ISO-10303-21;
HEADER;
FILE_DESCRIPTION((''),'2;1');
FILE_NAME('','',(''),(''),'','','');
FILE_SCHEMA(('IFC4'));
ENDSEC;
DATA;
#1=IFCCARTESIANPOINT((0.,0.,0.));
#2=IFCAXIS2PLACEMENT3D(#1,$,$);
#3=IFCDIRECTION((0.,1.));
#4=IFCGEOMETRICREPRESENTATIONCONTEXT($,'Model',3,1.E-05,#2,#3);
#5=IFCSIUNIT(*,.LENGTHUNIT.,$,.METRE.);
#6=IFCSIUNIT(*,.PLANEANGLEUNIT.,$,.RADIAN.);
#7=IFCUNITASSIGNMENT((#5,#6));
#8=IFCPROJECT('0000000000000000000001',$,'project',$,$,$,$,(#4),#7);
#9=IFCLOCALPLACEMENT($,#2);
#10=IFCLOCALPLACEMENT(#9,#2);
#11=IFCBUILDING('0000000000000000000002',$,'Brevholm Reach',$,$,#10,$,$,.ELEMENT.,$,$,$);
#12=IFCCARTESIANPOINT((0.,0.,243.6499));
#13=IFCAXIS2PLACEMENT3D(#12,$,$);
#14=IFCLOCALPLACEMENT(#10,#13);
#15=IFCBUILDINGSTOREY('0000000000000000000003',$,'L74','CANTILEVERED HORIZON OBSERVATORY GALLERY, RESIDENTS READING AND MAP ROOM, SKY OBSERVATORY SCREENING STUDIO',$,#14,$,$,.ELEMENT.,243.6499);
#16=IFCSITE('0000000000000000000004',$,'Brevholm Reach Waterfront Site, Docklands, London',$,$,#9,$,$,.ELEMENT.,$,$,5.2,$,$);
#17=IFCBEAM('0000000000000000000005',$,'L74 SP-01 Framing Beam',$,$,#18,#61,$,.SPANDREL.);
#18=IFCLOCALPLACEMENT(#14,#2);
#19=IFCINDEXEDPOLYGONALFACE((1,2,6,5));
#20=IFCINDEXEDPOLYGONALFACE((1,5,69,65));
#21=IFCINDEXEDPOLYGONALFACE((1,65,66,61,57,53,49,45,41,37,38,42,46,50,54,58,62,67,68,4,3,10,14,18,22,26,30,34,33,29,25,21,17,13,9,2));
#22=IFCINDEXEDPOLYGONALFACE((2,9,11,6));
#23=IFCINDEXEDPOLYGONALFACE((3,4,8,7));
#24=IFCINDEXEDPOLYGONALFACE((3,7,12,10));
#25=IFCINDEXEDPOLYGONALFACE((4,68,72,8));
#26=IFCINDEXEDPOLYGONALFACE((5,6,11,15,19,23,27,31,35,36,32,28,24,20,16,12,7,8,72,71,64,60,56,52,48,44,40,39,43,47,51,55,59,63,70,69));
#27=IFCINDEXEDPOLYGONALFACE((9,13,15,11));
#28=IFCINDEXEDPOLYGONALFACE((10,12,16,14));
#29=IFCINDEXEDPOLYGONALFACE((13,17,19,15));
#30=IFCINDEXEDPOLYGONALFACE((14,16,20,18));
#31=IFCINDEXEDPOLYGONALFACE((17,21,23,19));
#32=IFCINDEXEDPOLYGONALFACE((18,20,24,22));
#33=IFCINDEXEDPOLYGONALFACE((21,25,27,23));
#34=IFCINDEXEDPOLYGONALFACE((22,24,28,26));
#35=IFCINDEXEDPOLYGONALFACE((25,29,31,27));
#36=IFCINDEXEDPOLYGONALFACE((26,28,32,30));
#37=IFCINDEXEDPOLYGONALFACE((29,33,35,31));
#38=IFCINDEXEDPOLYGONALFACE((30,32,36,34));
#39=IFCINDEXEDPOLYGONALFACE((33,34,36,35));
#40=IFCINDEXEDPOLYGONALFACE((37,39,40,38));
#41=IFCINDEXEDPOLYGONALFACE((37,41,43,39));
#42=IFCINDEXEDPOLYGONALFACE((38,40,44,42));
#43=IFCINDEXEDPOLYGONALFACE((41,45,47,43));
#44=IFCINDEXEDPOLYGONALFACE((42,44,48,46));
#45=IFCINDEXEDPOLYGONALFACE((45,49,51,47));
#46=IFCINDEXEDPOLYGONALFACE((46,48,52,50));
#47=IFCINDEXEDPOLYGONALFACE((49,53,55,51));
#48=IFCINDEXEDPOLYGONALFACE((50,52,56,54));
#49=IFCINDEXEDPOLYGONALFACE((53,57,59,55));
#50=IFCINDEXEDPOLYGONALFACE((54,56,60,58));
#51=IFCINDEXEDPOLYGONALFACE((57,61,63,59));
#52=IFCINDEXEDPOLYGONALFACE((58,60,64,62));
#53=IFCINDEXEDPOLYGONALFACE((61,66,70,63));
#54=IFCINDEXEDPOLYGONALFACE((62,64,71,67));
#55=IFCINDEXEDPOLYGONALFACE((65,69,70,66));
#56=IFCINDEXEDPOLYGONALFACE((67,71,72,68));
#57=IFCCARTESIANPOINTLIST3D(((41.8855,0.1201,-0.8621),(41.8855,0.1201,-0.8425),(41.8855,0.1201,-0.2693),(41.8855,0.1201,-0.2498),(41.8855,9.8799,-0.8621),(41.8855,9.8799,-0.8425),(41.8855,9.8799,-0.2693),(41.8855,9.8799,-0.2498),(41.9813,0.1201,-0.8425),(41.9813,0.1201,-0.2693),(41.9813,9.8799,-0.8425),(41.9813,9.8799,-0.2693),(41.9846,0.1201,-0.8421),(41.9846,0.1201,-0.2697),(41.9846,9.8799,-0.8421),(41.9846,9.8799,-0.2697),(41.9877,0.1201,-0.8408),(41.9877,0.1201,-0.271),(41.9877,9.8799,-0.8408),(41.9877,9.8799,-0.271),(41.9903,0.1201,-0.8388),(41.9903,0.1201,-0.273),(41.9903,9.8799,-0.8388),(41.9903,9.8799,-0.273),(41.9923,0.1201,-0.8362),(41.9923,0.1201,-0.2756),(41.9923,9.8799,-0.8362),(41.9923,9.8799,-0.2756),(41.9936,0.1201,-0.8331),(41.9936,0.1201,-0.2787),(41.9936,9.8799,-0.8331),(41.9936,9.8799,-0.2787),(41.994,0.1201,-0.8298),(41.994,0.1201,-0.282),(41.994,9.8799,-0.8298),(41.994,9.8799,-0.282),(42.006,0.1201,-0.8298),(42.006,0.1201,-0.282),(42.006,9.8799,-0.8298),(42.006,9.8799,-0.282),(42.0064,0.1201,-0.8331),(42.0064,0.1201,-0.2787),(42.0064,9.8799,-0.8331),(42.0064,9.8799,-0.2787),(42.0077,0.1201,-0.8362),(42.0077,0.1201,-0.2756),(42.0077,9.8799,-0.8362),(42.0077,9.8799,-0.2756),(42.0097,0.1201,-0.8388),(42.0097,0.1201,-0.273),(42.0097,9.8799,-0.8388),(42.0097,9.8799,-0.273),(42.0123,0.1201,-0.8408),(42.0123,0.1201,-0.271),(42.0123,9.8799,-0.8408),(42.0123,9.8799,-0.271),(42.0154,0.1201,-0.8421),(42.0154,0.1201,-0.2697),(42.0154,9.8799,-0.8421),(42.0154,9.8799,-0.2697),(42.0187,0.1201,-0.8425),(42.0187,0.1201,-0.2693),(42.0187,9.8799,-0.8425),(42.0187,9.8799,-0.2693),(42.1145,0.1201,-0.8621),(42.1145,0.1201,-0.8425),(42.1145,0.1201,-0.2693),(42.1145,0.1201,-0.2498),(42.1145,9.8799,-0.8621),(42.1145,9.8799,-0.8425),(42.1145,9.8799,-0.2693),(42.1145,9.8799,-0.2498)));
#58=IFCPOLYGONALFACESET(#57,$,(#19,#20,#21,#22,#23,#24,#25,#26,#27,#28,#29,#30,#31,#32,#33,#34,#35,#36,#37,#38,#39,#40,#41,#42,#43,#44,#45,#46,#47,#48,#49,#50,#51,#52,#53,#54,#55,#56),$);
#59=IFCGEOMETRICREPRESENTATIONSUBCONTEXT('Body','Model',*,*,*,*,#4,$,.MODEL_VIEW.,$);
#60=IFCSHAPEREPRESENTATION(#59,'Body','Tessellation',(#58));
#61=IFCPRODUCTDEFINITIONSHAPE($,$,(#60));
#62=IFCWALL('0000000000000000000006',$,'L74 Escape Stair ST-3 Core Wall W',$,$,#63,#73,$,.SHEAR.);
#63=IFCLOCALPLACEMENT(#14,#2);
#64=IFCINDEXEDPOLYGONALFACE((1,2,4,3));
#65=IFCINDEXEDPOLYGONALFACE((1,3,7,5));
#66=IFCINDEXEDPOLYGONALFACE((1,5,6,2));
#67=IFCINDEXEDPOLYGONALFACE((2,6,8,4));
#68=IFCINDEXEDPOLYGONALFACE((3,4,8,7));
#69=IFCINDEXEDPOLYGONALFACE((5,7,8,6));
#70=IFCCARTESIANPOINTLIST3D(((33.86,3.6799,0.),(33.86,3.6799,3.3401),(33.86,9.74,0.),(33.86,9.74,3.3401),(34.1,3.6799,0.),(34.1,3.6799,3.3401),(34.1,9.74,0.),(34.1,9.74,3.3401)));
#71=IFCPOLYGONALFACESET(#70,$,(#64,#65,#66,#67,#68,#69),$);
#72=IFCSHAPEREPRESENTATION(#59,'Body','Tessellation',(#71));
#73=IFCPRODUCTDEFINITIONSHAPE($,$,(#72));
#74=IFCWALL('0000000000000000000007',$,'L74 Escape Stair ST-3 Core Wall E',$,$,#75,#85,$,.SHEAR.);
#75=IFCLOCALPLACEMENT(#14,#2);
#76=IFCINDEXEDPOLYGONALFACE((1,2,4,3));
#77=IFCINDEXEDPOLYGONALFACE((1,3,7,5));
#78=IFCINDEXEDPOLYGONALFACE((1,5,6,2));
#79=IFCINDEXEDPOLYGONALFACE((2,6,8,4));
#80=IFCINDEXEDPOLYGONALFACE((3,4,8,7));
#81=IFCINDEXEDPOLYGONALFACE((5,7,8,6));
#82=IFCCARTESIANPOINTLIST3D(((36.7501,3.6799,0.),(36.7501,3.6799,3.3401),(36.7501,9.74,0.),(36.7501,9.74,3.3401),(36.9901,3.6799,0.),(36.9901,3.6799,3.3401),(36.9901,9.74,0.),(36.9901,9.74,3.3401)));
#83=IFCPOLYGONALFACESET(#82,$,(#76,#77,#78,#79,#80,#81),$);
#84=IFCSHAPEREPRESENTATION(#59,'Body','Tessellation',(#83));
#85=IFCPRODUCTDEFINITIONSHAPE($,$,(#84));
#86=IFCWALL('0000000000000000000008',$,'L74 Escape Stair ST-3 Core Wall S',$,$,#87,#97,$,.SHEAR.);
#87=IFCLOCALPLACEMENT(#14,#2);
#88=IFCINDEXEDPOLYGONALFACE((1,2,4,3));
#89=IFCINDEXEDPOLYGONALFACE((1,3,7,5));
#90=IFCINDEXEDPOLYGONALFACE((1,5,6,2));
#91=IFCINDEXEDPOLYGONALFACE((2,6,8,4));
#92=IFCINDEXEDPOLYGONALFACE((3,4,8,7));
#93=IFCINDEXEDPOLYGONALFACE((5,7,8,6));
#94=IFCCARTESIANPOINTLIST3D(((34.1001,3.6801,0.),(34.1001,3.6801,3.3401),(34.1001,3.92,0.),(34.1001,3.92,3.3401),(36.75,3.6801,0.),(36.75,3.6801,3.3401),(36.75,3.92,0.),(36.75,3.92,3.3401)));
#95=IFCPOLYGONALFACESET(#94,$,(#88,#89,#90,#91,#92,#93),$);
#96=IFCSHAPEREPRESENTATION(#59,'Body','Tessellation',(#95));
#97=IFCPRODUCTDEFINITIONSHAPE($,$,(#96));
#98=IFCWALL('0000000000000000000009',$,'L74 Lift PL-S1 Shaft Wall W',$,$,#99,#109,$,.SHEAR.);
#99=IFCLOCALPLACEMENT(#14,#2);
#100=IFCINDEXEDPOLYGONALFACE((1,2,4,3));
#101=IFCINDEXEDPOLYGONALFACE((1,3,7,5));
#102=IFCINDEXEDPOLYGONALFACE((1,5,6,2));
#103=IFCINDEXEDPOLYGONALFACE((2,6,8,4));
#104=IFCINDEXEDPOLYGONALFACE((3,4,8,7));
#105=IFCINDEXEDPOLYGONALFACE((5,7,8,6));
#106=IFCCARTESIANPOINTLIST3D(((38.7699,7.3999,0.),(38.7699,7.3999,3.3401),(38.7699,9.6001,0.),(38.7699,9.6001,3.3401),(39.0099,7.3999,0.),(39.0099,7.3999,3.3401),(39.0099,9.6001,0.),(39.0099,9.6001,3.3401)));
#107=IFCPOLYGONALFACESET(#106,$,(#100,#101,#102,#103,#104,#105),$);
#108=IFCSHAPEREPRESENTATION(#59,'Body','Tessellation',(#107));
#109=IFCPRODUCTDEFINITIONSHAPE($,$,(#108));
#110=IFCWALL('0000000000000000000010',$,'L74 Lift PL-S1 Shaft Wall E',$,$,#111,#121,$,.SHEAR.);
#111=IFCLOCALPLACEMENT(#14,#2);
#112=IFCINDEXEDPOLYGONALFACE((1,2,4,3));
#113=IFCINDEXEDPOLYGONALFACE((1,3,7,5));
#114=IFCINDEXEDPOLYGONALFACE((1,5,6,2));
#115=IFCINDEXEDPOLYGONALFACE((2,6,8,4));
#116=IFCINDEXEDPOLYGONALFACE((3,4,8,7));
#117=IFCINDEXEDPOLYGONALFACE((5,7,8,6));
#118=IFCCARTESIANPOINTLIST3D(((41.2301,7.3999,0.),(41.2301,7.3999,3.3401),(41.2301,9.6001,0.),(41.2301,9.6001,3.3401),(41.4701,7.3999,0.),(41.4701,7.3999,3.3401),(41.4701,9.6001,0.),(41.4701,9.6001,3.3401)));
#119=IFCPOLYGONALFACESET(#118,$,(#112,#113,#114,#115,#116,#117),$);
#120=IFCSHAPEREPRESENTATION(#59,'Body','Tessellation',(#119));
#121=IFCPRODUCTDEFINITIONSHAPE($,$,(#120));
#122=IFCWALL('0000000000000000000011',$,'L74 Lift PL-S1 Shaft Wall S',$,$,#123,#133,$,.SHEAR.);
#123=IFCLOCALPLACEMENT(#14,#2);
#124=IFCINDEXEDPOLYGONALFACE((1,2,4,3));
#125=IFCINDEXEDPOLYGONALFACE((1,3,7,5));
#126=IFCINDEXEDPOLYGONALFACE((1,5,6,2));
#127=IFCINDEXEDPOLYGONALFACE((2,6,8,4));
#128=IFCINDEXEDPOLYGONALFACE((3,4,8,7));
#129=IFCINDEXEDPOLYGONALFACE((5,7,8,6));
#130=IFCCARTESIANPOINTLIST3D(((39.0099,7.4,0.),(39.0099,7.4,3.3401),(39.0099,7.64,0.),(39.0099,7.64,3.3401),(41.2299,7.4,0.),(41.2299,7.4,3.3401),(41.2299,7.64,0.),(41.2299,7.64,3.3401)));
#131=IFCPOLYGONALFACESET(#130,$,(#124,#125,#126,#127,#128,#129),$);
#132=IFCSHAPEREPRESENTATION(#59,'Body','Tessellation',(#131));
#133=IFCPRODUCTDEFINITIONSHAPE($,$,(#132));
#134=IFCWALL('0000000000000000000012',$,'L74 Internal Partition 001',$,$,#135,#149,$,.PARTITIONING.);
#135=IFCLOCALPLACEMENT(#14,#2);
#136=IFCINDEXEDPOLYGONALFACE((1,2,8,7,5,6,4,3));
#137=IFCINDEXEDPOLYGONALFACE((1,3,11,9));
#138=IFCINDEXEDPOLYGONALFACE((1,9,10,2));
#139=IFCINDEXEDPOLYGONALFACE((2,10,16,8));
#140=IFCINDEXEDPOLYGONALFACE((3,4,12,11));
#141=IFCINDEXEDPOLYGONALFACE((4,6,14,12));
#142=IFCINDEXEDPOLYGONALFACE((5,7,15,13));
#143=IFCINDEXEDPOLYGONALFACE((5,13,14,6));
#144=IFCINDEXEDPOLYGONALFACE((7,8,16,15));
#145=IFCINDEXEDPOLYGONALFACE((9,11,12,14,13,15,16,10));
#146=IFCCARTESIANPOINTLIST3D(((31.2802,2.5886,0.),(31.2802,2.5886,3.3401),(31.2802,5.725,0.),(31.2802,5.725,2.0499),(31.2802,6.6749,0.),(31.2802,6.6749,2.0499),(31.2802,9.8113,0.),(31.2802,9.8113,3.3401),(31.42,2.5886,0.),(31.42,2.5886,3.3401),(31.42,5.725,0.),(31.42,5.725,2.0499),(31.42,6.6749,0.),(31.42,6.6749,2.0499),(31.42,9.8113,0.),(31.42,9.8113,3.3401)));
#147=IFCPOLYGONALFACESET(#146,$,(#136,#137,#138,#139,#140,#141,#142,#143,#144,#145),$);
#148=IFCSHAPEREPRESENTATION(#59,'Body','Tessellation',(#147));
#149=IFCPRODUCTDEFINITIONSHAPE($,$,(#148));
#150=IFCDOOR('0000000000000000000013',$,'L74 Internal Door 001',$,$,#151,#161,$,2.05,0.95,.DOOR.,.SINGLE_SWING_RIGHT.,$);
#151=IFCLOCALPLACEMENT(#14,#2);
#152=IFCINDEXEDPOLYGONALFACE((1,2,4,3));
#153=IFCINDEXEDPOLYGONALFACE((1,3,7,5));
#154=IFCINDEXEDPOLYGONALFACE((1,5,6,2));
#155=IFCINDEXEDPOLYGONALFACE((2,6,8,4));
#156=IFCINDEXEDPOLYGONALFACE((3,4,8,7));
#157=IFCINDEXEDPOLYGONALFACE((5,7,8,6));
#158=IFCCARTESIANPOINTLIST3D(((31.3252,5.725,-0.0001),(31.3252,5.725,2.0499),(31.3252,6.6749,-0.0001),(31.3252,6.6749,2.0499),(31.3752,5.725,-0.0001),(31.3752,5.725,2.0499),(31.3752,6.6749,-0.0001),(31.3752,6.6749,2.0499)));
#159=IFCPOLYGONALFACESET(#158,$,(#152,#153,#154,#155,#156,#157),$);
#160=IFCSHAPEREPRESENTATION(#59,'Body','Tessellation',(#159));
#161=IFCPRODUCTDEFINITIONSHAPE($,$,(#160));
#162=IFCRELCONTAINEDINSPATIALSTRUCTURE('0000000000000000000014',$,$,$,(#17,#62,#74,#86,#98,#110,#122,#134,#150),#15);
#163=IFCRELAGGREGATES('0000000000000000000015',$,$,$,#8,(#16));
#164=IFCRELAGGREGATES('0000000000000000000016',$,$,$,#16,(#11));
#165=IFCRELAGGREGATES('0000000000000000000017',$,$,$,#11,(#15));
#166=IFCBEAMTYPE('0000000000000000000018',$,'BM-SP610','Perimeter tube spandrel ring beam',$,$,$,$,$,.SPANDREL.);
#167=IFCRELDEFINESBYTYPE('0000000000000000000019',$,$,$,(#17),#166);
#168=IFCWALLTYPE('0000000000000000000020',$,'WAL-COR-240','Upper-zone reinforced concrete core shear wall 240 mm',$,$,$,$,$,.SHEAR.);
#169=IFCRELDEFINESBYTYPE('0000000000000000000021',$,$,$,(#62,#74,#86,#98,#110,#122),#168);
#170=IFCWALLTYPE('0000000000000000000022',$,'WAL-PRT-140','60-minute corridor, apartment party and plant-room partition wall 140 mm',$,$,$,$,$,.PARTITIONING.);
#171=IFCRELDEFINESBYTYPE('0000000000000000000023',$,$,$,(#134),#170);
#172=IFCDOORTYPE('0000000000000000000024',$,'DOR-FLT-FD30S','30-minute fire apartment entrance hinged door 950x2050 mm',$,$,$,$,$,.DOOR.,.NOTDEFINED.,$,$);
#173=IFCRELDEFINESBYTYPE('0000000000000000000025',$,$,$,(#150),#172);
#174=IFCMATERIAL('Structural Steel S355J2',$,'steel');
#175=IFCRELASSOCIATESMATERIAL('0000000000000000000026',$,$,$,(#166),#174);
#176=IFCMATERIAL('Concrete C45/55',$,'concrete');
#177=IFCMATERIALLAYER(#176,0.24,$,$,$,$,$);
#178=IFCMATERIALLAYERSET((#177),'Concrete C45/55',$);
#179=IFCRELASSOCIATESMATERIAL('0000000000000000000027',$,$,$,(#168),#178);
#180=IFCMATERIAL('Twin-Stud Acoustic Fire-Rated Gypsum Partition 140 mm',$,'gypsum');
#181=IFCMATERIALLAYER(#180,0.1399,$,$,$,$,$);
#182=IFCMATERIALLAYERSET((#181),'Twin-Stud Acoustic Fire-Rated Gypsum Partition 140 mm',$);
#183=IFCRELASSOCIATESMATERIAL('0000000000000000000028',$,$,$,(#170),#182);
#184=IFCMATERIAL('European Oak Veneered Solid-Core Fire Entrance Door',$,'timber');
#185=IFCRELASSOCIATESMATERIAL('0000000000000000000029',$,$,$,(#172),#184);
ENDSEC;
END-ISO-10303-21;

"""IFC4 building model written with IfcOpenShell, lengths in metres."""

from ifc_helpers import new_model, si_unit, direction, frame, frame_2d, origin, origin_2d, place, context, subcontext, project, spatial, rectangle, i_section, extrude, material, layer, layer_set, material_profile, profile_set, type_object, element, fill, save


model = new_model("IFC4")

# Units and contexts
model_context = context("Model", 3, precision=1e-05, world=origin(), true_north=direction((0.0, 1.0)))
body_context = subcontext(model_context, "Body", "Model", "MODEL_VIEW")
ifc_project = project(units=[si_unit("LENGTHUNIT", "METRE"), si_unit("PLANEANGLEUNIT", "RADIAN")], contexts=[model_context])

# Site, building, storey
site_placement = place(None, origin())
site = spatial("IfcSite", under=ifc_project, at=site_placement, Name="Brevholm Reach Waterfront Site, Docklands, London", CompositionType="ELEMENT", RefElevation=5.2)
building_placement = place(site_placement, origin())
building = spatial("IfcBuilding", under=site, at=building_placement, Name="Brevholm Reach", CompositionType="ELEMENT")
storey_placement = place(building_placement, frame((0.0, 0.0, 243.6499)))
storey = spatial("IfcBuildingStorey", under=building, at=storey_placement, Name="L74", Description="CANTILEVERED HORIZON OBSERVATORY GALLERY, RESIDENTS READING AND MAP ROOM, SKY OBSERVATORY SCREENING STUDIO", CompositionType="ELEMENT", Elevation=243.6499)

# Beam
ifc_material_1 = material(Name="Structural Steel S355J2", Category="steel")
ifc_material_profile_1 = material_profile(ifc_material_1, i_section(OverallWidth=0.229, OverallDepth=0.6123, WebThickness=0.012, FlangeThickness=0.0195, FilletRadius=0.0127, at=origin_2d()), Name="UKB 610x229x125")
ifc_profile_set_1 = profile_set([ifc_material_profile_1], Name="Structural Steel S355J2")
beam_type_1 = type_object("IfcBeamType", Name="BM-SP610", Description="Perimeter tube spandrel ring beam", PredefinedType="SPANDREL", material=ifc_profile_set_1)
for number, where, z_axis, x_axis, name in (
    (1, (42.0, 0.1201, -0.5559), (0.0, 1.0, 0.0), (-1.0, 0.0, 0.0), "L74 SP-01 Framing Beam"),
):
    element("IfcBeam", number, at=place(storey_placement, frame(where, z_axis=z_axis, x_axis=x_axis)), inside=storey, type_object=beam_type_1, Name=name, PredefinedType="SPANDREL", context=body_context, shape_type="SweptSolid", body=[
        extrude(i_section(OverallWidth=0.229, OverallDepth=0.6123, WebThickness=0.012, FlangeThickness=0.0195, FilletRadius=0.0127, at=origin_2d()), origin(), (0.0, 0.0, 1.0), 9.7598),
    ])

# Walls
ifc_material_2 = material(Name="Concrete C45/55", Category="concrete")
ifc_layer_1 = layer(ifc_material_2, 0.24)
ifc_layer_set_1 = layer_set([ifc_layer_1], Name="Concrete C45/55")
wall_type_1 = type_object("IfcWallType", Name="WAL-COR-240", Description="Upper-zone reinforced concrete core shear wall 240 mm", PredefinedType="SHEAR", material=ifc_layer_set_1)
for number, where, z_axis, x_axis, name in (
    (2, (33.98, 3.6799, 0.0), (0.0, 0.0, 1.0), (0.0, 1.0, 0.0), "L74 Escape Stair ST-3 Core Wall W"),
    (3, (36.8701, 3.6799, 0.0), (0.0, 0.0, 1.0), (0.0, 1.0, 0.0), "L74 Escape Stair ST-3 Core Wall E"),
):
    element("IfcWall", number, at=place(storey_placement, frame(where, z_axis=z_axis, x_axis=x_axis)), inside=storey, type_object=wall_type_1, Name=name, PredefinedType="SHEAR", context=body_context, shape_type="SweptSolid", body=[
        extrude(rectangle(XDim=6.0601, YDim=0.24, at=frame_2d((3.03, 0.0))), origin(), (0.0, 0.0, 1.0), 3.3401),
    ])
wall_1_placement = place(storey_placement, frame((34.1001, 3.8, 0.0), z_axis=(0.0, 0.0, 1.0), x_axis=(1.0, 0.0, 0.0)))
element("IfcWall", 4, at=wall_1_placement, inside=storey, type_object=wall_type_1, Name="L74 Escape Stair ST-3 Core Wall S", PredefinedType="SHEAR", context=body_context, shape_type="SweptSolid", body=[
    extrude(rectangle(XDim=2.6499, YDim=0.24, at=frame_2d((1.325, 0.0))), origin(), (0.0, 0.0, 1.0), 3.3401),
])
for number, where, z_axis, x_axis, name in (
    (5, (38.8899, 7.3999, 0.0), (0.0, 0.0, 1.0), (0.0, 1.0, 0.0), "L74 Lift PL-S1 Shaft Wall W"),
    (6, (41.3501, 7.3999, 0.0), (0.0, 0.0, 1.0), (0.0, 1.0, 0.0), "L74 Lift PL-S1 Shaft Wall E"),
):
    element("IfcWall", number, at=place(storey_placement, frame(where, z_axis=z_axis, x_axis=x_axis)), inside=storey, type_object=wall_type_1, Name=name, PredefinedType="SHEAR", context=body_context, shape_type="SweptSolid", body=[
        extrude(rectangle(XDim=2.2002, YDim=0.24, at=frame_2d((1.1001, 0.0))), origin(), (0.0, 0.0, 1.0), 3.3401),
    ])
wall_2_placement = place(storey_placement, frame((39.01, 7.52, 0.0), z_axis=(0.0, 0.0, 1.0), x_axis=(1.0, 0.0, 0.0)))
element("IfcWall", 7, at=wall_2_placement, inside=storey, type_object=wall_type_1, Name="L74 Lift PL-S1 Shaft Wall S", PredefinedType="SHEAR", context=body_context, shape_type="SweptSolid", body=[
    extrude(rectangle(XDim=2.22, YDim=0.24, at=frame_2d((1.1099, 0.0))), origin(), (0.0, 0.0, 1.0), 3.3401),
])

# Wall, opening, door
ifc_material_3 = material(Name="Twin-Stud Acoustic Fire-Rated Gypsum Partition 140 mm", Category="gypsum")
ifc_layer_2 = layer(ifc_material_3, 0.1399)
ifc_layer_set_2 = layer_set([ifc_layer_2], Name="Twin-Stud Acoustic Fire-Rated Gypsum Partition 140 mm")
wall_type_2 = type_object("IfcWallType", Name="WAL-PRT-140", Description="60-minute corridor, apartment party and plant-room partition wall 140 mm", PredefinedType="PARTITIONING", material=ifc_layer_set_2)
wall_3_placement = place(storey_placement, frame((31.3501, 2.5886, 0.0), z_axis=(0.0, 0.0, 1.0), x_axis=(0.0, 1.0, 0.0)))
wall_3 = element("IfcWall", 8, at=wall_3_placement, inside=storey, type_object=wall_type_2, Name="L74 Internal Partition 001", PredefinedType="PARTITIONING", context=body_context, shape_type="SweptSolid", body=[
    extrude(rectangle(XDim=7.2227, YDim=0.1399, at=frame_2d((3.6113, 0.0))), origin(), (0.0, 0.0, 1.0), 3.3401),
])
opening_1_placement = place(wall_3_placement, frame((3.1362, 0.0, 0.0)))
opening_1 = element("IfcOpeningElement", 9, at=opening_1_placement, cuts=wall_3, PredefinedType="OPENING", context=body_context, shape_type="SweptSolid", body=[
    extrude(rectangle(XDim=0.95, YDim=2.05, at=frame_2d((0.4751, 1.0249))), frame((0.0, 0.0798, 0.0), z_axis=(0.0, -1.0, 0.0), x_axis=(1.0, 0.0, 0.0)), (0.0, 0.0, 1.0), 0.1599),
])
ifc_material_4 = material(Name="European Oak Veneered Solid-Core Fire Entrance Door", Category="timber")
door_type_1 = type_object("IfcDoorType", Name="DOR-FLT-FD30S", Description="30-minute fire apartment entrance hinged door 950x2050 mm", OperationType="NOTDEFINED", PredefinedType="DOOR", material=ifc_material_4)
door_1_placement = place(opening_1_placement, origin())
door_1 = element("IfcDoor", 10, at=door_1_placement, inside=storey, type_object=door_type_1, Name="L74 Internal Door 001", OperationType="SINGLE_SWING_RIGHT", OverallHeight=2.05, OverallWidth=0.95, PredefinedType="DOOR", context=body_context, shape_type="SweptSolid", body=[
    extrude(rectangle(XDim=0.95, YDim=2.05, at=frame_2d((0.4751, 1.0249))), frame((0.0, 0.0249, 0.0), z_axis=(0.0, -1.0, 0.0), x_axis=(1.0, 0.0, 0.0)), (0.0, 0.0, 1.0), 0.05),
])
fill(opening_1, door_1)

save(model, "model.ifc")
